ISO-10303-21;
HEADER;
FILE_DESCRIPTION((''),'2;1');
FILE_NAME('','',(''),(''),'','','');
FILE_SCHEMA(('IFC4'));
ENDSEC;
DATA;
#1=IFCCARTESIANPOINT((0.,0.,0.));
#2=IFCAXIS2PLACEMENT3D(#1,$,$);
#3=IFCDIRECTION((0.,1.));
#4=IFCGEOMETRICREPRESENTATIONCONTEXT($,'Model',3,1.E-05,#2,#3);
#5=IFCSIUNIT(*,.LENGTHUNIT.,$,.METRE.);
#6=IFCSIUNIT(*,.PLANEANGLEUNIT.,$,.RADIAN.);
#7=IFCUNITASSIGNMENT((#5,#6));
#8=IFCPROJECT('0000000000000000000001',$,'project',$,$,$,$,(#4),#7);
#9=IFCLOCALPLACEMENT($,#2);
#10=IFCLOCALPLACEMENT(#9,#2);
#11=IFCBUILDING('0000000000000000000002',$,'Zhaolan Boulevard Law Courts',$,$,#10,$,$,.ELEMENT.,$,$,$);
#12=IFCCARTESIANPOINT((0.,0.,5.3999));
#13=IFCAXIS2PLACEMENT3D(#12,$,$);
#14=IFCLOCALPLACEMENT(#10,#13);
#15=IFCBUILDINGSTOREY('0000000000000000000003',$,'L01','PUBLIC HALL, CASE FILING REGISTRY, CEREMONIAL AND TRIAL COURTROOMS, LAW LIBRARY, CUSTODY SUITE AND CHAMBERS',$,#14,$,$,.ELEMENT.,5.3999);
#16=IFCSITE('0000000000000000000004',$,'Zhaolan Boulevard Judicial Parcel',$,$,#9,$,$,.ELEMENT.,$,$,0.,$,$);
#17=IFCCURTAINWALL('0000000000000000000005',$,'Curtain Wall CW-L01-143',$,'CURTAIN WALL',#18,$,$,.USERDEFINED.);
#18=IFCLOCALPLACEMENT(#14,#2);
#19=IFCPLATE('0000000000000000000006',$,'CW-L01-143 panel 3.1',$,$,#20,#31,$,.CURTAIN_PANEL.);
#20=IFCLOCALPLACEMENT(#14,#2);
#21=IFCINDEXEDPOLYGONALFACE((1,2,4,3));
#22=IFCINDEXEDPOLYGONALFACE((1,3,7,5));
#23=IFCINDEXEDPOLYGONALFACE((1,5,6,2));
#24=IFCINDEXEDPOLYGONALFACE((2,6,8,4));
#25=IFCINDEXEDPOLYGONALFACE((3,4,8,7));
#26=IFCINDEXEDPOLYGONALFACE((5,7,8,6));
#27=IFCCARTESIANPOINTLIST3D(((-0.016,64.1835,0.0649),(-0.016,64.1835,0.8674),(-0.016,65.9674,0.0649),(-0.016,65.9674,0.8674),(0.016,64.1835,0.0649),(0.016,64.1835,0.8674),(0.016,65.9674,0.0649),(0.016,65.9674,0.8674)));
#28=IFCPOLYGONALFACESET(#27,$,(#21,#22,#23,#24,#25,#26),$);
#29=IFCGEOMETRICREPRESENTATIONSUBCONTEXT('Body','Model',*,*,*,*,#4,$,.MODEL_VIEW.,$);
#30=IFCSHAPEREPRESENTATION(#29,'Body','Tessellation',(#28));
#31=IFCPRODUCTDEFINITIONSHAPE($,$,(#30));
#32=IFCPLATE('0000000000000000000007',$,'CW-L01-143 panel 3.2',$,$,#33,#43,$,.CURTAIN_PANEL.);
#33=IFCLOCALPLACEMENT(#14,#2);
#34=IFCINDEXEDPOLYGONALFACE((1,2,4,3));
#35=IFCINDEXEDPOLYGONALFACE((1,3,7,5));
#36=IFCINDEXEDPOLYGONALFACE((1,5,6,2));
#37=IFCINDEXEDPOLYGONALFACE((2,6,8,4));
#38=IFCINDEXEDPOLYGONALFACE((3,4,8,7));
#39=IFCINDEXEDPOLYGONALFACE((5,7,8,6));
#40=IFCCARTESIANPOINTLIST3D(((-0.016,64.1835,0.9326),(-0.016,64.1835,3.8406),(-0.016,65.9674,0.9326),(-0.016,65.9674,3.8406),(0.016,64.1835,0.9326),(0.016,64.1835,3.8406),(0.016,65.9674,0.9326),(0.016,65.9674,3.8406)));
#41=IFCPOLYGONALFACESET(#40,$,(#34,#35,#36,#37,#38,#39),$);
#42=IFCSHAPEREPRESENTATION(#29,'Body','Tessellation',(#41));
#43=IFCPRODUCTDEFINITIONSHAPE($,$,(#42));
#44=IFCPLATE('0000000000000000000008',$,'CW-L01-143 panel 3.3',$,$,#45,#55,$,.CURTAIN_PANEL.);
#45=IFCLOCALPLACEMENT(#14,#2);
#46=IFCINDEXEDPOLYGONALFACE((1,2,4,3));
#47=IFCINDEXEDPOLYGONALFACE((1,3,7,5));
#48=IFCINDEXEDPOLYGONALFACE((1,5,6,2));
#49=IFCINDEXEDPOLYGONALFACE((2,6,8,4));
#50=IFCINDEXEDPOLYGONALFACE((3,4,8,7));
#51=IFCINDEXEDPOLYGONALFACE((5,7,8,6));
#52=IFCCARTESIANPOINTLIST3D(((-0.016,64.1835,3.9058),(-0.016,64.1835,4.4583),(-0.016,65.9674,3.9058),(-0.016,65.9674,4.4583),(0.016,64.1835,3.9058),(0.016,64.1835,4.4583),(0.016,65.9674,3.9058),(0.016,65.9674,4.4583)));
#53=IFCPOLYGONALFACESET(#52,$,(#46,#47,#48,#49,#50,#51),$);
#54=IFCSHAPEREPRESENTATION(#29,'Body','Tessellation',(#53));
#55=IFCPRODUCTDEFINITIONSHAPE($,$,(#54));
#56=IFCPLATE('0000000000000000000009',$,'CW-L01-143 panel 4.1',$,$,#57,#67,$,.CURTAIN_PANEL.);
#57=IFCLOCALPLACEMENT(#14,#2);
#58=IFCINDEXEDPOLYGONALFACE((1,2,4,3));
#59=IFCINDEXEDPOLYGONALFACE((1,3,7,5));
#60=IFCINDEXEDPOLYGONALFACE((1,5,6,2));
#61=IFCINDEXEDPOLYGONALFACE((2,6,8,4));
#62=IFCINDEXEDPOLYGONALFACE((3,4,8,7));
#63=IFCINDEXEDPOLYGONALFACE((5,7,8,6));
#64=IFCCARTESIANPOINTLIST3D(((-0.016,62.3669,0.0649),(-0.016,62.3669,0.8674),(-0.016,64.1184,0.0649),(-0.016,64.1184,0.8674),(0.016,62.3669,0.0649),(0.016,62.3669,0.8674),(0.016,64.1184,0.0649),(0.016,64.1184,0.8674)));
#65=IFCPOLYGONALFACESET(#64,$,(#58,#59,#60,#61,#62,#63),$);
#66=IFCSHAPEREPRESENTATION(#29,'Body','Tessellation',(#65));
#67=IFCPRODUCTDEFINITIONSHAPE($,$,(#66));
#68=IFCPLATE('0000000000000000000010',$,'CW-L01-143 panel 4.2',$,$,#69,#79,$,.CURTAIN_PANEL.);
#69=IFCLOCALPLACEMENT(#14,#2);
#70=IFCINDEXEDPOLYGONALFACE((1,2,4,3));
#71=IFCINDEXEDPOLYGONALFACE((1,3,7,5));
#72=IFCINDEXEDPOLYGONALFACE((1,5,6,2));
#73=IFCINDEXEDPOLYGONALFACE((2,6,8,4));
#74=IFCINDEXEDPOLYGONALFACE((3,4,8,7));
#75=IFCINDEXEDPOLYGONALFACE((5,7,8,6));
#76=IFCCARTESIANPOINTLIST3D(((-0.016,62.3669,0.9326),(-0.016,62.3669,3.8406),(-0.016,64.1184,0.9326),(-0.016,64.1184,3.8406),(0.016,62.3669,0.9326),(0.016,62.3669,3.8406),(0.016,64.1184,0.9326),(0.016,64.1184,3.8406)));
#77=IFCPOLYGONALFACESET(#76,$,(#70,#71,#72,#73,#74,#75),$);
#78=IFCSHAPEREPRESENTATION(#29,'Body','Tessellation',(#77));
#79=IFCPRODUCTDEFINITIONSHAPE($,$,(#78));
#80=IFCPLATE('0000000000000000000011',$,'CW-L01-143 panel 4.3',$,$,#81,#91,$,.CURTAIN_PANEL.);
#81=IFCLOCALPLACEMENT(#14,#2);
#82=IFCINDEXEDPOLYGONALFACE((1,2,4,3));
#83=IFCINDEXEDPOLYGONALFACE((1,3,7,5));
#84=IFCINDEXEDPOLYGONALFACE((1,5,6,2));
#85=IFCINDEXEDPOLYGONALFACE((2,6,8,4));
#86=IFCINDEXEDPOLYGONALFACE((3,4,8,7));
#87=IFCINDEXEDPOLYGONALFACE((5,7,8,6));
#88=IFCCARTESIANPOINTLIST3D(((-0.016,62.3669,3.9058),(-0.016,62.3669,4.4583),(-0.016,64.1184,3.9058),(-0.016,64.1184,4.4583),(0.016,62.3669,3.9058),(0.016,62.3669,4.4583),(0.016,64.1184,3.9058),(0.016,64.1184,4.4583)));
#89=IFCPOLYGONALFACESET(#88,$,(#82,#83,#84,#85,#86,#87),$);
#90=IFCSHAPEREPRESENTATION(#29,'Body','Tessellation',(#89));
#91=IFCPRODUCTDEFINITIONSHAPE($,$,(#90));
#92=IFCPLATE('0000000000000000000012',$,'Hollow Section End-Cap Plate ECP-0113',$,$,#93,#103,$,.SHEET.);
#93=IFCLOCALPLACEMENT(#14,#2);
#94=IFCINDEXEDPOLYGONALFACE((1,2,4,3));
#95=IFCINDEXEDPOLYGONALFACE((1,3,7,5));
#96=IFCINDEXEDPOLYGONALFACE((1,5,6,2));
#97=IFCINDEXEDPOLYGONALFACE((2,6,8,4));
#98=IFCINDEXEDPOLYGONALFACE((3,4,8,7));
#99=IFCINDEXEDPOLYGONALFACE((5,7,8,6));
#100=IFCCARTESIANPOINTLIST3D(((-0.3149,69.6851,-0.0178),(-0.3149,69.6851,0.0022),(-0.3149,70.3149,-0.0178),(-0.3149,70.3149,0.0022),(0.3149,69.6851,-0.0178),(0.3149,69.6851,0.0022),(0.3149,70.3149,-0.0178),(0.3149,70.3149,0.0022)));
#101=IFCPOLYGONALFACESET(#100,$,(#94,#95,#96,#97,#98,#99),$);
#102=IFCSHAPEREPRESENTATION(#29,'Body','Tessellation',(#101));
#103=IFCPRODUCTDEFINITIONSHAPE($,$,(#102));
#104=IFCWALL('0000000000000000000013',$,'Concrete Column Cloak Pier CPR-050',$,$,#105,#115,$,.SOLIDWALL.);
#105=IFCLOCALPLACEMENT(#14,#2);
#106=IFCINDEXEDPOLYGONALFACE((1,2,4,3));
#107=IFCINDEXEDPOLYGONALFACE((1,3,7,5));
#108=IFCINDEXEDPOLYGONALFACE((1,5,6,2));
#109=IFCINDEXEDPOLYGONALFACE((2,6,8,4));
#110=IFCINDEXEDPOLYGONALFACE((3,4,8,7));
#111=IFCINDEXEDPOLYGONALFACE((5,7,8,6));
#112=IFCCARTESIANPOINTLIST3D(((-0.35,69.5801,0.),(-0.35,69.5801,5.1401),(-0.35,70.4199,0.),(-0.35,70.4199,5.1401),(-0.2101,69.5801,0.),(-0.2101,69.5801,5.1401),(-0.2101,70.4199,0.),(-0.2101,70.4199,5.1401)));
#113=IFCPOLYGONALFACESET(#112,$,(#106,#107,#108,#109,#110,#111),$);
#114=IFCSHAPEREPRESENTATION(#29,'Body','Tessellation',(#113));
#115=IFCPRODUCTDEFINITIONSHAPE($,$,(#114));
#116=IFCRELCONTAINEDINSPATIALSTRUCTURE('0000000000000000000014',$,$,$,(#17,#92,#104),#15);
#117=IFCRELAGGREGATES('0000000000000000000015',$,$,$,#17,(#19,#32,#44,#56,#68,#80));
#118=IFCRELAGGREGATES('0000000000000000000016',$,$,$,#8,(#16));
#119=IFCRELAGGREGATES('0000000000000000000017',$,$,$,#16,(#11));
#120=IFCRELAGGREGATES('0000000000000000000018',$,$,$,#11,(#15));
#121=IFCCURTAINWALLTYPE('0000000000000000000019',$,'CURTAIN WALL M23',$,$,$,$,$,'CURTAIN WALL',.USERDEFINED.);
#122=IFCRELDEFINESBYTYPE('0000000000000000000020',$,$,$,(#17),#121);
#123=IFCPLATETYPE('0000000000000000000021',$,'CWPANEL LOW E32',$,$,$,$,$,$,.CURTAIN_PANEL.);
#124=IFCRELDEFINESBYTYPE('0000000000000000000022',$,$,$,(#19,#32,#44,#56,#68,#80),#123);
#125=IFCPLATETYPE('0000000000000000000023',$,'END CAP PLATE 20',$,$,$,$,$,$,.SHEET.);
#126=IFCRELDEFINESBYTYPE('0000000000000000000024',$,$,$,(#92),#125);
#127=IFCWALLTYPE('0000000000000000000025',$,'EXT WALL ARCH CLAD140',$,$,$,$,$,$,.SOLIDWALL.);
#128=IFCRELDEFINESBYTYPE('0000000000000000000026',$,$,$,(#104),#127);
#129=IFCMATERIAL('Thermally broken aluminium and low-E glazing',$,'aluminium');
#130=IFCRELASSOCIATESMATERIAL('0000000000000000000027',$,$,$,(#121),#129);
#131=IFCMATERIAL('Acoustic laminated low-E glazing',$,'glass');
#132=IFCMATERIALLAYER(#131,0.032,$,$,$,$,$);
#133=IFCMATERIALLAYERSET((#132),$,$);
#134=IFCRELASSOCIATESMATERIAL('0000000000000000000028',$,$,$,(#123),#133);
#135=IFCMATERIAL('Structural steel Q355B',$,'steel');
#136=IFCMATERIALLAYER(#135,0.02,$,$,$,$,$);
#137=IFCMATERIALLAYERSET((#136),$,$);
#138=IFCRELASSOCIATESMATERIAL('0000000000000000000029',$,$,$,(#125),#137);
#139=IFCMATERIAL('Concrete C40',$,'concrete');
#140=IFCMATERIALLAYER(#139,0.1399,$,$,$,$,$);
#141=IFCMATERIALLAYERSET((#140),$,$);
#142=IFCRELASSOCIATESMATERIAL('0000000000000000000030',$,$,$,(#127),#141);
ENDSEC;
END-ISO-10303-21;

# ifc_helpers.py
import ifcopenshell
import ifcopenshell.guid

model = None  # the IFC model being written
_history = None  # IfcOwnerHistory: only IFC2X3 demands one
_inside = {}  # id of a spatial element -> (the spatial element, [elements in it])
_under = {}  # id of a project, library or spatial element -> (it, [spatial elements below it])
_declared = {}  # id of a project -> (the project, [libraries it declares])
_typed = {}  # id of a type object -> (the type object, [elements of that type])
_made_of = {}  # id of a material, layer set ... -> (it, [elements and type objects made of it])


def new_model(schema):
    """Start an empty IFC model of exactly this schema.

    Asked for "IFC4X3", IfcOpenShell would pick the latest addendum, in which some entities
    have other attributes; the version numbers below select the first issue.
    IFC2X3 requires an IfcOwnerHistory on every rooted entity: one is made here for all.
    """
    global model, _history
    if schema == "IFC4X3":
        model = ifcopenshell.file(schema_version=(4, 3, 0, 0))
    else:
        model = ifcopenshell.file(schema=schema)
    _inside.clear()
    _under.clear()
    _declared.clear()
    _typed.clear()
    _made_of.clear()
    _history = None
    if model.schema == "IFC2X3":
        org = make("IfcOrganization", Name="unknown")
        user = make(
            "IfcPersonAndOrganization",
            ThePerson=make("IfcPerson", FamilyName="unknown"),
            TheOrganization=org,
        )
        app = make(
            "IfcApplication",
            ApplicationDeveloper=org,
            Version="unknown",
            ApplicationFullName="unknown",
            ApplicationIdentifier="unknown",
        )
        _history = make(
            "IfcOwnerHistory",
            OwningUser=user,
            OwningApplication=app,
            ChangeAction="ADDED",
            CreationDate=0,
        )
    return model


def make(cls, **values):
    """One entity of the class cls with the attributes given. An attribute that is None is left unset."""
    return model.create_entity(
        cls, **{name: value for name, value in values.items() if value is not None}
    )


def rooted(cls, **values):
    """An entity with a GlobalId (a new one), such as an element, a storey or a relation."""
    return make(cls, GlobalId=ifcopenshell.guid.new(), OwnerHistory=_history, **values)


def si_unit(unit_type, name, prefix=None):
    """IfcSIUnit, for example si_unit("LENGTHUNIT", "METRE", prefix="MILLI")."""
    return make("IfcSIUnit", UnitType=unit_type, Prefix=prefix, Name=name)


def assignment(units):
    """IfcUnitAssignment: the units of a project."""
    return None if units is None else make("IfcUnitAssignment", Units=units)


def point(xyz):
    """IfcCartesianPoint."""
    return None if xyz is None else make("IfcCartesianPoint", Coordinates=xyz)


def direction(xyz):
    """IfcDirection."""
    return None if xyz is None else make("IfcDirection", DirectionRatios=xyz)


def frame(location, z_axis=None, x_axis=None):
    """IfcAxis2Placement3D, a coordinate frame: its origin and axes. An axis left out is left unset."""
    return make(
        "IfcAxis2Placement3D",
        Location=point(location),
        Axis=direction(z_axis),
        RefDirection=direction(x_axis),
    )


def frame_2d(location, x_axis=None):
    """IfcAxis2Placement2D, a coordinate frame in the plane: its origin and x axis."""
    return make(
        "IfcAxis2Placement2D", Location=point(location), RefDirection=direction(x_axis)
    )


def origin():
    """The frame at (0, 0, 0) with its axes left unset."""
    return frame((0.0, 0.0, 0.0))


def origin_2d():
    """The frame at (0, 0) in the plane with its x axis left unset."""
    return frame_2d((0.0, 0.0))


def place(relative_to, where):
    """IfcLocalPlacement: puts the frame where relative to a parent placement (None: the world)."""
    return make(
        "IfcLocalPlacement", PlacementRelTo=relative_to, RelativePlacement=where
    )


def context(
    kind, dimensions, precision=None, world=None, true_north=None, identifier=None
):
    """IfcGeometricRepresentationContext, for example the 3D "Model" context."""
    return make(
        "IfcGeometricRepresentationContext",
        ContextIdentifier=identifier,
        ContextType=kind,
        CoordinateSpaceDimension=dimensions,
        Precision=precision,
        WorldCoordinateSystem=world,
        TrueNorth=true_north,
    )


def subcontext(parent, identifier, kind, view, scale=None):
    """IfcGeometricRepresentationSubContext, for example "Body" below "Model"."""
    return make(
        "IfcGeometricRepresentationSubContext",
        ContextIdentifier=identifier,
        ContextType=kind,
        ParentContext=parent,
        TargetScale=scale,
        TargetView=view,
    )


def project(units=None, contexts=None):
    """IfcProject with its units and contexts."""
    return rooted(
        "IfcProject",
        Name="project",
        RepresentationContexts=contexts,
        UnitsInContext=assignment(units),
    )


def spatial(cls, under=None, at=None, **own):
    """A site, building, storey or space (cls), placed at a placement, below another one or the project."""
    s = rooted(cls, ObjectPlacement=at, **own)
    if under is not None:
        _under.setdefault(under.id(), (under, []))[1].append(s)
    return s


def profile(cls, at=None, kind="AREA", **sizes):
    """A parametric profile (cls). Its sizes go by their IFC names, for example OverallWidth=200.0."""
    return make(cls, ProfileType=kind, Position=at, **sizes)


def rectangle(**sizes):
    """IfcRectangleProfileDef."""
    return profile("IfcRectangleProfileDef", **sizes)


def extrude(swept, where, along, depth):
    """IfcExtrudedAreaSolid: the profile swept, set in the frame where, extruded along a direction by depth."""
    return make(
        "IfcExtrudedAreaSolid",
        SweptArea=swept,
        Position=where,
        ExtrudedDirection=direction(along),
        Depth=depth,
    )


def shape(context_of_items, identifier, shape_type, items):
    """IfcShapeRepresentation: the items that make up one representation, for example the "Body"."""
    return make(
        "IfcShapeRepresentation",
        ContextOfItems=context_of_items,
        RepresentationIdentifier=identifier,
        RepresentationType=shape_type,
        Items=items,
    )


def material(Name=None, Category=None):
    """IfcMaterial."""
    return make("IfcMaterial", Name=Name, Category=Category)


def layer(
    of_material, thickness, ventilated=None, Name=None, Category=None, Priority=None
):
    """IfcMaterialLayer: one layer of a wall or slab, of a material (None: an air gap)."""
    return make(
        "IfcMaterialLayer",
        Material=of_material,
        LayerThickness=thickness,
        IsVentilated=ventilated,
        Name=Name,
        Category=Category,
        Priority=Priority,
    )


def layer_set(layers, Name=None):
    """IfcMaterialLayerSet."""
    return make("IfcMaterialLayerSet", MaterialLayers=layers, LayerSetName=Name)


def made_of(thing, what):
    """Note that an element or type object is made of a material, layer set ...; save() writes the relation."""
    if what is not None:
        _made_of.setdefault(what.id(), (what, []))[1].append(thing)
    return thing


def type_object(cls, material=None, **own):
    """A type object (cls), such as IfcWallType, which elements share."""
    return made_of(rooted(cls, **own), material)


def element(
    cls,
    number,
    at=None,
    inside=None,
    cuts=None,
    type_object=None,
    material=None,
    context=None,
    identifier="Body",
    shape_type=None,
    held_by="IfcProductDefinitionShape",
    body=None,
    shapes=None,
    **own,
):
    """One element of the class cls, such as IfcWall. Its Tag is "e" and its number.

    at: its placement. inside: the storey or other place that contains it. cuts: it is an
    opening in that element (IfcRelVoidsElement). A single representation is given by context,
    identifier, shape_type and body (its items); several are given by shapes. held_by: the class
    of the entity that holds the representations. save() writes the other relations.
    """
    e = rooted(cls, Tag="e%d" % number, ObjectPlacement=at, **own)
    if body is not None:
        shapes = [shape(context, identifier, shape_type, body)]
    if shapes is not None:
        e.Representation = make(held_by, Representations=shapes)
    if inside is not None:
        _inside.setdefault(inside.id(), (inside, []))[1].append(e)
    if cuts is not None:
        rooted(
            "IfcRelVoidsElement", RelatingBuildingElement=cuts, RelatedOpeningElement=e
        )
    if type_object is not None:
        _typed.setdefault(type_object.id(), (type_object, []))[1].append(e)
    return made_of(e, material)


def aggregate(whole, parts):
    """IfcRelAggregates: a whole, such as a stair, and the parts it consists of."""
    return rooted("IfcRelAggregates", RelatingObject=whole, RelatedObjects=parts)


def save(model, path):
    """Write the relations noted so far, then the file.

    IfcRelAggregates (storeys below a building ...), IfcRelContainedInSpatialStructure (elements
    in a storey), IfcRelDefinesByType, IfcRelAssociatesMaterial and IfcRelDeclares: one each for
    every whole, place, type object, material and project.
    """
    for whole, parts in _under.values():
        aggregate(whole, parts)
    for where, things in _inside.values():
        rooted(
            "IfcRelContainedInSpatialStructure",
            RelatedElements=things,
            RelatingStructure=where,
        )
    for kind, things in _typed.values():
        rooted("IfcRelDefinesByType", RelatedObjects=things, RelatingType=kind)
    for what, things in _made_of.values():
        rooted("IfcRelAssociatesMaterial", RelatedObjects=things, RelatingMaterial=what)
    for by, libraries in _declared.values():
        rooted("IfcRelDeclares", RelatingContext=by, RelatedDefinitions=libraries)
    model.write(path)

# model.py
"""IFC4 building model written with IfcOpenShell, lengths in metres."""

from ifc_helpers import new_model, si_unit, direction, frame, frame_2d, origin, origin_2d, place, context, subcontext, project, spatial, rectangle, extrude, material, layer, layer_set, type_object, element, aggregate, save


model = new_model("IFC4")

# Units and contexts
model_context = context("Model", 3, precision=1e-05, world=origin(), true_north=direction((0.0, 1.0)))
body_context = subcontext(model_context, "Body", "Model", "MODEL_VIEW")
ifc_project = project(units=[si_unit("LENGTHUNIT", "METRE"), si_unit("PLANEANGLEUNIT", "RADIAN")], contexts=[model_context])

# Site, building, storey
site_placement = place(None, origin())
site = spatial("IfcSite", under=ifc_project, at=site_placement, Name="Zhaolan Boulevard Judicial Parcel", CompositionType="ELEMENT", RefElevation=0.0)
building_placement = place(site_placement, origin())
building = spatial("IfcBuilding", under=site, at=building_placement, Name="Zhaolan Boulevard Law Courts", CompositionType="ELEMENT")
storey_placement = place(building_placement, frame((0.0, 0.0, 5.3999)))
storey = spatial("IfcBuildingStorey", under=building, at=storey_placement, Name="L01", Description="PUBLIC HALL, CASE FILING REGISTRY, CEREMONIAL AND TRIAL COURTROOMS, LAW LIBRARY, CUSTODY SUITE AND CHAMBERS", CompositionType="ELEMENT", Elevation=5.3999)

# Curtain wall
ifc_material_1 = material(Name="Thermally broken aluminium and low-E glazing", Category="aluminium")
curtain_wall_type = type_object("IfcCurtainWallType", Name="CURTAIN WALL M23", ElementType="CURTAIN WALL", PredefinedType="USERDEFINED", material=ifc_material_1)
curtain_wall_placement = place(storey_placement, origin())
curtain_wall = element("IfcCurtainWall", 1, at=curtain_wall_placement, inside=storey, type_object=curtain_wall_type, Name="Curtain Wall CW-L01-143", ObjectType="CURTAIN WALL", PredefinedType="USERDEFINED")

# Plates
ifc_material_2 = material(Name="Acoustic laminated low-E glazing", Category="glass")
ifc_layer_1 = layer(ifc_material_2, 0.032)
ifc_layer_set_1 = layer_set([ifc_layer_1])
plate_type_1 = type_object("IfcPlateType", Name="CWPANEL LOW E32", PredefinedType="CURTAIN_PANEL", material=ifc_layer_set_1)
plate_1_placement = place(storey_placement, frame((0.0, 65.0754, 0.0649), z_axis=(0.0, 0.0, 1.0), x_axis=(0.0, -1.0, 0.0)))
plate_1 = element("IfcPlate", 2, at=plate_1_placement, type_object=plate_type_1, Name="CW-L01-143 panel 3.1", PredefinedType="CURTAIN_PANEL", context=body_context, shape_type="SweptSolid", body=[
    extrude(rectangle(XDim=1.7839, YDim=0.032, at=origin_2d()), origin(), (0.0, 0.0, 1.0), 0.8025),
])
plate_2_placement = place(storey_placement, frame((0.0, 65.0754, 0.9326), z_axis=(0.0, 0.0, 1.0), x_axis=(0.0, -1.0, 0.0)))
plate_2 = element("IfcPlate", 3, at=plate_2_placement, type_object=plate_type_1, Name="CW-L01-143 panel 3.2", PredefinedType="CURTAIN_PANEL", context=body_context, shape_type="SweptSolid", body=[
    extrude(rectangle(XDim=1.7839, YDim=0.032, at=origin_2d()), origin(), (0.0, 0.0, 1.0), 2.908),
])
plate_3_placement = place(storey_placement, frame((0.0, 65.0754, 3.9058), z_axis=(0.0, 0.0, 1.0), x_axis=(0.0, -1.0, 0.0)))
plate_3 = element("IfcPlate", 4, at=plate_3_placement, type_object=plate_type_1, Name="CW-L01-143 panel 3.3", PredefinedType="CURTAIN_PANEL", context=body_context, shape_type="SweptSolid", body=[
    extrude(rectangle(XDim=1.7839, YDim=0.032, at=origin_2d()), origin(), (0.0, 0.0, 1.0), 0.5525),
])
plate_4_placement = place(storey_placement, frame((0.0, 63.2427, 0.0649), z_axis=(0.0, 0.0, 1.0), x_axis=(0.0, -1.0, 0.0)))
plate_4 = element("IfcPlate", 5, at=plate_4_placement, type_object=plate_type_1, Name="CW-L01-143 panel 4.1", PredefinedType="CURTAIN_PANEL", context=body_context, shape_type="SweptSolid", body=[
    extrude(rectangle(XDim=1.7515, YDim=0.032, at=origin_2d()), origin(), (0.0, 0.0, 1.0), 0.8025),
])
plate_5_placement = place(storey_placement, frame((0.0, 63.2427, 0.9326), z_axis=(0.0, 0.0, 1.0), x_axis=(0.0, -1.0, 0.0)))
plate_5 = element("IfcPlate", 6, at=plate_5_placement, type_object=plate_type_1, Name="CW-L01-143 panel 4.2", PredefinedType="CURTAIN_PANEL", context=body_context, shape_type="SweptSolid", body=[
    extrude(rectangle(XDim=1.7515, YDim=0.032, at=origin_2d()), origin(), (0.0, 0.0, 1.0), 2.908),
])
plate_6_placement = place(storey_placement, frame((0.0, 63.2427, 3.9058), z_axis=(0.0, 0.0, 1.0), x_axis=(0.0, -1.0, 0.0)))
plate_6 = element("IfcPlate", 7, at=plate_6_placement, type_object=plate_type_1, Name="CW-L01-143 panel 4.3", PredefinedType="CURTAIN_PANEL", context=body_context, shape_type="SweptSolid", body=[
    extrude(rectangle(XDim=1.7515, YDim=0.032, at=origin_2d()), origin(), (0.0, 0.0, 1.0), 0.5525),
])
aggregate(curtain_wall, [plate_1, plate_2, plate_3, plate_4, plate_5, plate_6])
ifc_material_3 = material(Name="Structural steel Q355B", Category="steel")
ifc_layer_2 = layer(ifc_material_3, 0.02)
ifc_layer_set_2 = layer_set([ifc_layer_2])
plate_type_2 = type_object("IfcPlateType", Name="END CAP PLATE 20", PredefinedType="SHEET", material=ifc_layer_set_2)
plate_7_placement = place(storey_placement, frame((0.0, 70.0, -0.0178), z_axis=(0.0, 0.0, 1.0), x_axis=(1.0, 0.0, 0.0)))
element("IfcPlate", 8, at=plate_7_placement, inside=storey, type_object=plate_type_2, Name="Hollow Section End-Cap Plate ECP-0113", PredefinedType="SHEET", context=body_context, shape_type="SweptSolid", body=[
    extrude(rectangle(XDim=0.6299, YDim=0.6299, at=origin_2d()), origin(), (0.0, 0.0, 1.0), 0.02),
])

# Wall
ifc_material_4 = material(Name="Concrete C40", Category="concrete")
ifc_layer_3 = layer(ifc_material_4, 0.1399)
ifc_layer_set_3 = layer_set([ifc_layer_3])
wall_type = type_object("IfcWallType", Name="EXT WALL ARCH CLAD140", PredefinedType="SOLIDWALL", material=ifc_layer_set_3)
wall_placement = place(storey_placement, frame((-0.28, 69.5801, 0.0), z_axis=(0.0, 0.0, 1.0), x_axis=(0.0, 1.0, 0.0)))
element("IfcWall", 9, at=wall_placement, inside=storey, type_object=wall_type, Name="Concrete Column Cloak Pier CPR-050", PredefinedType="SOLIDWALL", context=body_context, shape_type="SweptSolid", body=[
    extrude(rectangle(XDim=0.8398, YDim=0.1399, at=frame_2d((0.4199, 0.0))), origin(), (0.0, 0.0, 1.0), 5.1401),
])

save(model, "model.ifc")
